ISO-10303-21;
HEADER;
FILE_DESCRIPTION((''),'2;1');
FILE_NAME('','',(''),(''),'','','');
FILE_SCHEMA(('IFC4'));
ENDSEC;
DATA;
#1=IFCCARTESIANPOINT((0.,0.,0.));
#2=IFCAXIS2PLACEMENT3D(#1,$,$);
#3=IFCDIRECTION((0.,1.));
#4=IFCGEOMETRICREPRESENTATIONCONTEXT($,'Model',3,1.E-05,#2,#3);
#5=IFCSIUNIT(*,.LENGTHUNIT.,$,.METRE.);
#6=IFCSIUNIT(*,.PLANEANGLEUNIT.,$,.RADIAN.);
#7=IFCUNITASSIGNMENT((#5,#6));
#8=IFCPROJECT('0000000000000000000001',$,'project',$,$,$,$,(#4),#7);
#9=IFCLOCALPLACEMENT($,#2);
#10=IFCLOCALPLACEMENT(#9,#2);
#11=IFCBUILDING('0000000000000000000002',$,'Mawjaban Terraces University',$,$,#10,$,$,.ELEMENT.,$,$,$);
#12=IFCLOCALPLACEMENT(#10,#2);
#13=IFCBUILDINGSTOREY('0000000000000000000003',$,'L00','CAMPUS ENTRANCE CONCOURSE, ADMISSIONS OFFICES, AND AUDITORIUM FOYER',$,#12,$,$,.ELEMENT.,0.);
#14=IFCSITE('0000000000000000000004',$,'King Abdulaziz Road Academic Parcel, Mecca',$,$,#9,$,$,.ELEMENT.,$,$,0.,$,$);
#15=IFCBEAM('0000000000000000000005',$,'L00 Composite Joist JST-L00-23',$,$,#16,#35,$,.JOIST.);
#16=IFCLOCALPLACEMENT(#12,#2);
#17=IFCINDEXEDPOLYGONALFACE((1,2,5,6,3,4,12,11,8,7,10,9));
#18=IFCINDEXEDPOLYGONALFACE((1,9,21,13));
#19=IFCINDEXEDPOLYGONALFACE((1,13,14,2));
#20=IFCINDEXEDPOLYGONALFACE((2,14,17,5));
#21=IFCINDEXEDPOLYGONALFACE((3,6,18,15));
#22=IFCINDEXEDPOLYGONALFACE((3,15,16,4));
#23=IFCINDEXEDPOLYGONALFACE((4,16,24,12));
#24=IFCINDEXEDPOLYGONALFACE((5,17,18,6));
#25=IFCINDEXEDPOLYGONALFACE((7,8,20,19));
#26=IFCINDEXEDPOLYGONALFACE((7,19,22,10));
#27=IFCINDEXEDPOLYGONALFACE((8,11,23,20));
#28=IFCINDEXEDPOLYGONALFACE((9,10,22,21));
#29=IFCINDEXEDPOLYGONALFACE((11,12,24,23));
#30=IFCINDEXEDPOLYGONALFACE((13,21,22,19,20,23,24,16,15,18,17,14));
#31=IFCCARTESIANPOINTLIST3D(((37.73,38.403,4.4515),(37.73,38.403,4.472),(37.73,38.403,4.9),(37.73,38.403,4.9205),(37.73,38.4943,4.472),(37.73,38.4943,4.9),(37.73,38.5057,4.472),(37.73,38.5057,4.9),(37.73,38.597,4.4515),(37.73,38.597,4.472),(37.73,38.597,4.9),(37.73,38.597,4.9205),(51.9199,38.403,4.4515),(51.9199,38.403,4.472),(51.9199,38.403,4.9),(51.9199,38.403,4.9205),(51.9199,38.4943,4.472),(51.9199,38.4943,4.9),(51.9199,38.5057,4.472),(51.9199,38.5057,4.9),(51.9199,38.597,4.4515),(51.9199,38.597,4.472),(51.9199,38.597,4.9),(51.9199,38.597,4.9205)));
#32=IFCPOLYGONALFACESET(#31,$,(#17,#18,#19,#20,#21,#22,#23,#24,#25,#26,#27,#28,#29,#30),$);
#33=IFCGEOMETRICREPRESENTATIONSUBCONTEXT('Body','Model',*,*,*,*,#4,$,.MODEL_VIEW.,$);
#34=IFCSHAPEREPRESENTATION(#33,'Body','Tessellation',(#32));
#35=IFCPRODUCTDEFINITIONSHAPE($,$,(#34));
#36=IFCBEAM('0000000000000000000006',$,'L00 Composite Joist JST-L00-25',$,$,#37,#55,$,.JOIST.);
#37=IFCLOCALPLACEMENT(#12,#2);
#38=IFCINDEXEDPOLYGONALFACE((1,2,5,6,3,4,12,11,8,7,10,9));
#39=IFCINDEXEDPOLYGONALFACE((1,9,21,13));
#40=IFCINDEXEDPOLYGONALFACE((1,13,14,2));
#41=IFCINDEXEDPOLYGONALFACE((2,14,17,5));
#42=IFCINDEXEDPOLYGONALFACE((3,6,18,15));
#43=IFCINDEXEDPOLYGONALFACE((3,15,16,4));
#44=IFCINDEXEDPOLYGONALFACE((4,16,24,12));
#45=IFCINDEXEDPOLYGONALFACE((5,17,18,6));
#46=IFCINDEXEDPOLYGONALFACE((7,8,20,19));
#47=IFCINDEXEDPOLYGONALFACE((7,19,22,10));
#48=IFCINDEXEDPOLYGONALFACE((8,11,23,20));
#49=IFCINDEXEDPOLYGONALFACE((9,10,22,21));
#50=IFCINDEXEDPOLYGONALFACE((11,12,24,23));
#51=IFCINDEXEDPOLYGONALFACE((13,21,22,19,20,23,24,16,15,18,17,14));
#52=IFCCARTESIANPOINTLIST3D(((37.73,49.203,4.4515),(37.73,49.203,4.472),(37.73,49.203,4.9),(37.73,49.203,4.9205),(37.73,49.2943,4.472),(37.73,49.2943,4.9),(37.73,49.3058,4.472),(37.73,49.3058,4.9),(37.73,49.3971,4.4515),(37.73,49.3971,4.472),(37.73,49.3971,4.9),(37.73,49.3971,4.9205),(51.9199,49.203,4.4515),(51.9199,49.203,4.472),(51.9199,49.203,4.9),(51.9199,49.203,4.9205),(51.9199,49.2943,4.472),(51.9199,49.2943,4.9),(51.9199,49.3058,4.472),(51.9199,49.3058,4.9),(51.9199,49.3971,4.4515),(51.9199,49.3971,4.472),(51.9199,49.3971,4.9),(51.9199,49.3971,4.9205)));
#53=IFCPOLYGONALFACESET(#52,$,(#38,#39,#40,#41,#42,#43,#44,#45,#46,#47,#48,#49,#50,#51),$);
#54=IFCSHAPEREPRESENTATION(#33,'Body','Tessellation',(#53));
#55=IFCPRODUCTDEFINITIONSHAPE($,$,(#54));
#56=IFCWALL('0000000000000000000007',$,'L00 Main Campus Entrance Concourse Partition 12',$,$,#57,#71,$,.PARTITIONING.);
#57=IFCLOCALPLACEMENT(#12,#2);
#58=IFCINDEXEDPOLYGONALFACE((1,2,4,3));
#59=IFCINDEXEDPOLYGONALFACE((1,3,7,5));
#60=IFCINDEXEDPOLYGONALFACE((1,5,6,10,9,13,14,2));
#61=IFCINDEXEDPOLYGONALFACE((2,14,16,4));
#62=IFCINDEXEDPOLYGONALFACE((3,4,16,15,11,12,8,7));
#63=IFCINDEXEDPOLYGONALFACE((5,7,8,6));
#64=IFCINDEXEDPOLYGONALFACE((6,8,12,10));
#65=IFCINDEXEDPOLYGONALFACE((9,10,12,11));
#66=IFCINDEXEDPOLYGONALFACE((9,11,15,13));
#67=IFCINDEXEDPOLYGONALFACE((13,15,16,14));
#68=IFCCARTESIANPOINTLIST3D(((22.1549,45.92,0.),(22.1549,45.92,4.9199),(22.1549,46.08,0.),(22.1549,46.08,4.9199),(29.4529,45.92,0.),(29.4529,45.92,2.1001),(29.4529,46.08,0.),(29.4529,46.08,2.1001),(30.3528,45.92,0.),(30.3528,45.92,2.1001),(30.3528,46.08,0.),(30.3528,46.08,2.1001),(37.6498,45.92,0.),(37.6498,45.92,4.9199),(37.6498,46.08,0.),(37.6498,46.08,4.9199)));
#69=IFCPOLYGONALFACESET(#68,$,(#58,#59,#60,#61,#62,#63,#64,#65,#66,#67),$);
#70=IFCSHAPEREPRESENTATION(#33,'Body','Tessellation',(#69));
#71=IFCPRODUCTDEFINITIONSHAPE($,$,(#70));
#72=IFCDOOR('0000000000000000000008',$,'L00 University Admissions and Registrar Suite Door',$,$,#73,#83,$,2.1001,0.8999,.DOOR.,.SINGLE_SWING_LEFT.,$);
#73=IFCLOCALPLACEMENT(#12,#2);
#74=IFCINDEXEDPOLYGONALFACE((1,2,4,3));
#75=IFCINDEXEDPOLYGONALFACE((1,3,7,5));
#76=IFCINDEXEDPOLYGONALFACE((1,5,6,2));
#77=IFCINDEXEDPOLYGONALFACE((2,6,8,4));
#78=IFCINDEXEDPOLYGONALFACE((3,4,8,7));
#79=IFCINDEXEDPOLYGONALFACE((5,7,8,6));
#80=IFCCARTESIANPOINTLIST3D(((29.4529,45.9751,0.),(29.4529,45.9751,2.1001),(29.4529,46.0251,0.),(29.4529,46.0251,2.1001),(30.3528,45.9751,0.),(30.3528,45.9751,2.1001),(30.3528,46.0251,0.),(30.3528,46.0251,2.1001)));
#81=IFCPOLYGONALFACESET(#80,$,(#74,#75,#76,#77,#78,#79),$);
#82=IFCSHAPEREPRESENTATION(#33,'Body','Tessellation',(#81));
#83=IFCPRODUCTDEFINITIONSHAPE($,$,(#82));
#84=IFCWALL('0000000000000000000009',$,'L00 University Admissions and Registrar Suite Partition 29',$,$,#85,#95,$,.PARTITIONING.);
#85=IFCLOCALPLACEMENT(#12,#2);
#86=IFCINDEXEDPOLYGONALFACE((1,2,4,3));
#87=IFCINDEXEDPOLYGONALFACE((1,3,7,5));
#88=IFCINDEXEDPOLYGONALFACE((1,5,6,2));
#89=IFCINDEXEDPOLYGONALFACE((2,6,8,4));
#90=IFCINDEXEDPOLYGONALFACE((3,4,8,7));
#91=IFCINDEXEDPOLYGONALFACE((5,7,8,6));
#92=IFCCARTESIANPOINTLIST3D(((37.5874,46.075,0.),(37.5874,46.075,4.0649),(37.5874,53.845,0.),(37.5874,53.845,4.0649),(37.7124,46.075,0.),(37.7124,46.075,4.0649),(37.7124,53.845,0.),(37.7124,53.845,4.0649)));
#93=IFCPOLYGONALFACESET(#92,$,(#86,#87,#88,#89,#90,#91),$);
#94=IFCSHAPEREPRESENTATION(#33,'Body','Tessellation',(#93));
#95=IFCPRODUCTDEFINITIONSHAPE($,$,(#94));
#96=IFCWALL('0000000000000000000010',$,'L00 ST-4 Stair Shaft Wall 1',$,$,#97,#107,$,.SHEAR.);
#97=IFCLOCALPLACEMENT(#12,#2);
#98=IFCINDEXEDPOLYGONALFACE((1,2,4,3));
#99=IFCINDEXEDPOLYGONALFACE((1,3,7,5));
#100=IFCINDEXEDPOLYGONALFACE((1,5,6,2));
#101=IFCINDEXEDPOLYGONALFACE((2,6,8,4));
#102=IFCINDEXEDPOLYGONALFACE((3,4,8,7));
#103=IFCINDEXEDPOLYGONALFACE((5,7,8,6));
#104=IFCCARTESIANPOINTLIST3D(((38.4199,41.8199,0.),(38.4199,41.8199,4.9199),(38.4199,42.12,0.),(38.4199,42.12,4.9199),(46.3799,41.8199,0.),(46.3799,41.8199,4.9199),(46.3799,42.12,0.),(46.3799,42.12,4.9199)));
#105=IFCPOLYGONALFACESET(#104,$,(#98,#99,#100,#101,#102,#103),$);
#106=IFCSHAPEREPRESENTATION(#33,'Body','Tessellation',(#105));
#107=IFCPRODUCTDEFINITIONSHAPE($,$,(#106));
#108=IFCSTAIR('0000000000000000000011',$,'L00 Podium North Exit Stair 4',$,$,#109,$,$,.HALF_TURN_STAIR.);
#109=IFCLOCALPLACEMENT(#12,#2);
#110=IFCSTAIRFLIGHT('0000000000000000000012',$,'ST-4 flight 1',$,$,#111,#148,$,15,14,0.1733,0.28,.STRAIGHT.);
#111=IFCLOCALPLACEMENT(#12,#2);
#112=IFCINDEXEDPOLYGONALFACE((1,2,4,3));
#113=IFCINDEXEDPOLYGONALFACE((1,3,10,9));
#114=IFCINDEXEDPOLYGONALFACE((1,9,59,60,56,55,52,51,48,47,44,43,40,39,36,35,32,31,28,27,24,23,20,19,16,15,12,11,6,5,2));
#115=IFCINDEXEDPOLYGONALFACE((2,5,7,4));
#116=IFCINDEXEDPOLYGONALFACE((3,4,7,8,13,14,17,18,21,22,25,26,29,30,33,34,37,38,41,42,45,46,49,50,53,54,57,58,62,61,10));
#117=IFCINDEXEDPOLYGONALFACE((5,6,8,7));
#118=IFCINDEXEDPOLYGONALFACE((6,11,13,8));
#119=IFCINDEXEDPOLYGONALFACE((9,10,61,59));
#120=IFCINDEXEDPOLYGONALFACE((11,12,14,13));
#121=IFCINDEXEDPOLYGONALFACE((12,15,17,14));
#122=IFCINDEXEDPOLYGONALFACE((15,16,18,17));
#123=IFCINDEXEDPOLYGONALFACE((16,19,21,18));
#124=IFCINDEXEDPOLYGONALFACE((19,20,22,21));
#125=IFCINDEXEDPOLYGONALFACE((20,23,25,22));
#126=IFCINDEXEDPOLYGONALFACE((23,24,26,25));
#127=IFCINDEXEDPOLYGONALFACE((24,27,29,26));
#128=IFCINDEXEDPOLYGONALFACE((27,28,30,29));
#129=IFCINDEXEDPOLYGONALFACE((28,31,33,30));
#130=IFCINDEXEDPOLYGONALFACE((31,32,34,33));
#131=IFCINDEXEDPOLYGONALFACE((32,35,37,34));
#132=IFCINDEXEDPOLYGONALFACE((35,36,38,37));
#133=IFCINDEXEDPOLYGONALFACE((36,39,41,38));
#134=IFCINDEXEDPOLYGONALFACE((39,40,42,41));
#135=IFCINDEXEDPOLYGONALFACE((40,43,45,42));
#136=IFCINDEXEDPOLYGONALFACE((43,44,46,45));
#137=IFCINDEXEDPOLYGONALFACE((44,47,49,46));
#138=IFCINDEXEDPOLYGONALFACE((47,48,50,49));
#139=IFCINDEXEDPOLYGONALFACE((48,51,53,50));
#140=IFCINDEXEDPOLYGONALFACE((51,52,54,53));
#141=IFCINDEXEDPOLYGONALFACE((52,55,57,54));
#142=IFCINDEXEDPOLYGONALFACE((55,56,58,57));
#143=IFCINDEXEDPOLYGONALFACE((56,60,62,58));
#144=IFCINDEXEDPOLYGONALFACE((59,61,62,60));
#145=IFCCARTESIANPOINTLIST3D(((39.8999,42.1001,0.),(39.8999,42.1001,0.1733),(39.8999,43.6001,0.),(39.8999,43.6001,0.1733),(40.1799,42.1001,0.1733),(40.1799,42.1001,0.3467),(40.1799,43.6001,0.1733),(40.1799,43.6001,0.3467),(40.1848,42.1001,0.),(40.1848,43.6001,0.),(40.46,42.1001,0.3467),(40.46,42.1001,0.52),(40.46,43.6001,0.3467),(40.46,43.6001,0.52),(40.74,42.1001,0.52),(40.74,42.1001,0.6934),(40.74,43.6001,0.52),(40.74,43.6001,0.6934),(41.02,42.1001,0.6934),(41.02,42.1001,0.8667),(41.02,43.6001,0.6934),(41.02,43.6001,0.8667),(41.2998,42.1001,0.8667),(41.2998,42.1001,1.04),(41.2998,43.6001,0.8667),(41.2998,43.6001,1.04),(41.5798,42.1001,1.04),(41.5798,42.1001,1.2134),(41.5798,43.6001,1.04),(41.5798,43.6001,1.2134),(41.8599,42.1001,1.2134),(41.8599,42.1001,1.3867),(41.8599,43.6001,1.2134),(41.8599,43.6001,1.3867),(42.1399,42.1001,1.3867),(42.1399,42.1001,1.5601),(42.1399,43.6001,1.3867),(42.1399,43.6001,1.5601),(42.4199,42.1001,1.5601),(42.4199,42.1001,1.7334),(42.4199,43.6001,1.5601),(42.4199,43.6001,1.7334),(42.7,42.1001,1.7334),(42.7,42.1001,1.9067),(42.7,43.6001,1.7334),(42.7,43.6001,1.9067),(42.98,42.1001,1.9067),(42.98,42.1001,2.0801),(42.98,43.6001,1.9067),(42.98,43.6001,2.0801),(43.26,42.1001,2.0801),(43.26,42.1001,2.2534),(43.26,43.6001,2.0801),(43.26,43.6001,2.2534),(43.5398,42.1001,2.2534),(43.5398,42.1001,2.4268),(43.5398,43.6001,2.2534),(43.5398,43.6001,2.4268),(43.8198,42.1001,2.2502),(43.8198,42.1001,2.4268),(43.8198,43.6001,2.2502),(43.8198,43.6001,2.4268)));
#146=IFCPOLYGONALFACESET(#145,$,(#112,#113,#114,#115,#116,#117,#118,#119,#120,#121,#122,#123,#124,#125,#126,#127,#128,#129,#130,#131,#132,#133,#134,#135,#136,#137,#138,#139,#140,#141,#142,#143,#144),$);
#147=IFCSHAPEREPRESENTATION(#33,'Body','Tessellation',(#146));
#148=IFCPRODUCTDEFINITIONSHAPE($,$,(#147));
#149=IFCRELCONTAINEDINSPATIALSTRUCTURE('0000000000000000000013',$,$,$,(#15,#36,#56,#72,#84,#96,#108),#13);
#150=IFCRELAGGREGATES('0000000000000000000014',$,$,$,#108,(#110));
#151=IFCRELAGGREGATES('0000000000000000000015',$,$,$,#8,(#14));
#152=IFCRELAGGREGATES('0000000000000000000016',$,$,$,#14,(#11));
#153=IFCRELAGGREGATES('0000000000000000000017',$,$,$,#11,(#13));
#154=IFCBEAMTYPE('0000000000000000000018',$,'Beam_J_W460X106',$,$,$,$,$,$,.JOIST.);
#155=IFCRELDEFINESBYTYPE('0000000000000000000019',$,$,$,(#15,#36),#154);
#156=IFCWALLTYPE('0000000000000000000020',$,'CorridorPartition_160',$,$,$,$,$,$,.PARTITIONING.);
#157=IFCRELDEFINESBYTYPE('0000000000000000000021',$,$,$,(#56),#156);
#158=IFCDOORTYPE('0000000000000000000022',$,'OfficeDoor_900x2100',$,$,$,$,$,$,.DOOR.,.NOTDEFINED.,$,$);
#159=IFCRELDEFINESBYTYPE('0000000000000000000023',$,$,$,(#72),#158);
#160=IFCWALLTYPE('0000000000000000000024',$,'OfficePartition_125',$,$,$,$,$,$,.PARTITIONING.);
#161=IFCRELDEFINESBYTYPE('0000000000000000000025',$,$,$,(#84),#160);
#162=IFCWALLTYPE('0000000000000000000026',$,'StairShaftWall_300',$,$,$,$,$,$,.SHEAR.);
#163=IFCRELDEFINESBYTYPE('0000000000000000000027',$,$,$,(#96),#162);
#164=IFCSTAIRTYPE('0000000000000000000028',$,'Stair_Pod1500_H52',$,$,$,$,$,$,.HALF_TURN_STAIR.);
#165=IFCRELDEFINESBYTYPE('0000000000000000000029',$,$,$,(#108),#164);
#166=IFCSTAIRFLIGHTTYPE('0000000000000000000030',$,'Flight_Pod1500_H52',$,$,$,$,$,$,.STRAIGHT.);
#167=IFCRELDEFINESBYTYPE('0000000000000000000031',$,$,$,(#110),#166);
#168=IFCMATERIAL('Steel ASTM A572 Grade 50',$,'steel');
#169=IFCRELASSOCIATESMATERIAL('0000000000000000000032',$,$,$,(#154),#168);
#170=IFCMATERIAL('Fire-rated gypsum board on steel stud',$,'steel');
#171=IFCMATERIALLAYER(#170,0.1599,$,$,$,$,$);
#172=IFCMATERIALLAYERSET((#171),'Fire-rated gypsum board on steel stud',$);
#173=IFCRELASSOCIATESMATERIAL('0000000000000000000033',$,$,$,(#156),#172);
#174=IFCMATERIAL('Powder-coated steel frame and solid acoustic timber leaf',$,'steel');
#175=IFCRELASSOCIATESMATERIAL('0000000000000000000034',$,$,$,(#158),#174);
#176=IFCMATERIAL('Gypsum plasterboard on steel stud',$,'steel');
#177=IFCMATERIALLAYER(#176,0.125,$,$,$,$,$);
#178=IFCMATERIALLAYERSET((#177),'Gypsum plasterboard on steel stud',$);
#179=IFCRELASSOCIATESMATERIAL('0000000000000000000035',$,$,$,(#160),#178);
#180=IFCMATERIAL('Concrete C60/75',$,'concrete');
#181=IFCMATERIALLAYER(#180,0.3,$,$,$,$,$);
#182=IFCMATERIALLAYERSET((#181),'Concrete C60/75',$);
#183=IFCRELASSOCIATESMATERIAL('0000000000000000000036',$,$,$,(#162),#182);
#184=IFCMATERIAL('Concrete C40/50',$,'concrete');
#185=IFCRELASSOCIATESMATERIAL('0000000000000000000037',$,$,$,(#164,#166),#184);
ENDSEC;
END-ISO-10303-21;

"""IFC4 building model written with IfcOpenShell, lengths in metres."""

from ifc_helpers import new_model, si_unit, direction, frame, frame_2d, origin, origin_2d, place, context, subcontext, project, spatial, polyline, rectangle, i_section, outline, extrude, material, layer, layer_set, material_profile, profile_set, type_object, element, fill, aggregate, save


model = new_model("IFC4")

# Units and contexts
model_context = context("Model", 3, precision=1e-05, world=origin(), true_north=direction((0.0, 1.0)))
body_context = subcontext(model_context, "Body", "Model", "MODEL_VIEW")
ifc_project = project(units=[si_unit("LENGTHUNIT", "METRE"), si_unit("PLANEANGLEUNIT", "RADIAN")], contexts=[model_context])

# Site, building, storey
site_placement = place(None, origin())
site = spatial("IfcSite", under=ifc_project, at=site_placement, Name="King Abdulaziz Road Academic Parcel, Mecca", CompositionType="ELEMENT", RefElevation=0.0)
building_placement = place(site_placement, origin())
building = spatial("IfcBuilding", under=site, at=building_placement, Name="Mawjaban Terraces University", CompositionType="ELEMENT")
storey_placement = place(building_placement, origin())
storey = spatial("IfcBuildingStorey", under=building, at=storey_placement, Name="L00", Description="CAMPUS ENTRANCE CONCOURSE, ADMISSIONS OFFICES, AND AUDITORIUM FOYER", CompositionType="ELEMENT", Elevation=0.0)

# Beams
ifc_material_1 = material(Name="Steel ASTM A572 Grade 50", Category="steel")
ifc_material_profile_1 = material_profile(ifc_material_1, i_section(OverallWidth=0.1941, OverallDepth=0.469, WebThickness=0.0115, FlangeThickness=0.0205, at=origin_2d()), Name="W460X106")
ifc_profile_set_1 = profile_set([ifc_material_profile_1], Name="Steel ASTM A572 Grade 50")
beam_type_1 = type_object("IfcBeamType", Name="Beam_J_W460X106", PredefinedType="JOIST", material=ifc_profile_set_1)
for number, where, z_axis, x_axis, name in (
    (1, (37.73, 38.5, 4.686), (1.0, 0.0, 0.0), (0.0, 1.0, 0.0), "L00 Composite Joist JST-L00-23"),
    (2, (37.73, 49.3, 4.686), (1.0, 0.0, 0.0), (0.0, 1.0, 0.0), "L00 Composite Joist JST-L00-25"),
):
    element("IfcBeam", number, at=place(storey_placement, frame(where, z_axis=z_axis, x_axis=x_axis)), inside=storey, type_object=beam_type_1, Name=name, PredefinedType="JOIST", context=body_context, shape_type="SweptSolid", body=[
        extrude(i_section(OverallWidth=0.1941, OverallDepth=0.469, WebThickness=0.0115, FlangeThickness=0.0205, at=origin_2d()), origin(), (0.0, 0.0, 1.0), 14.1899),
    ])

# Wall, opening, door
ifc_material_2 = material(Name="Fire-rated gypsum board on steel stud", Category="steel")
ifc_layer_1 = layer(ifc_material_2, 0.1599)
ifc_layer_set_1 = layer_set([ifc_layer_1], Name="Fire-rated gypsum board on steel stud")
wall_type_1 = type_object("IfcWallType", Name="CorridorPartition_160", PredefinedType="PARTITIONING", material=ifc_layer_set_1)
wall_1_placement = place(storey_placement, frame((37.6499, 46.0, 0.0), z_axis=(0.0, 0.0, 1.0), x_axis=(-1.0, 0.0, 0.0)))
wall_1 = element("IfcWall", 3, at=wall_1_placement, inside=storey, type_object=wall_type_1, Name="L00 Main Campus Entrance Concourse Partition 12", PredefinedType="PARTITIONING", context=body_context, shape_type="SweptSolid", body=[
    extrude(rectangle(XDim=15.4949, YDim=0.1599, at=frame_2d((7.7476, 0.0))), origin(), (0.0, 0.0, 1.0), 4.9199),
])
opening_1_placement = place(wall_1_placement, frame((7.2971, 0.0, 0.0)))
opening_1 = element("IfcOpeningElement", 4, at=opening_1_placement, cuts=wall_1, PredefinedType="OPENING", context=body_context, shape_type="SweptSolid", body=[
    extrude(rectangle(XDim=0.8999, YDim=2.1001, at=frame_2d((0.45, 1.05))), frame((0.0, 0.0898, 0.0), z_axis=(0.0, -1.0, 0.0), x_axis=(1.0, 0.0, 0.0)), (0.0, 0.0, 1.0), 0.1799),
])
ifc_material_3 = material(Name="Powder-coated steel frame and solid acoustic timber leaf", Category="steel")
door_type_1 = type_object("IfcDoorType", Name="OfficeDoor_900x2100", OperationType="NOTDEFINED", PredefinedType="DOOR", material=ifc_material_3)
door_1_placement = place(opening_1_placement, origin())
door_1 = element("IfcDoor", 5, at=door_1_placement, inside=storey, type_object=door_type_1, Name="L00 University Admissions and Registrar Suite Door", OperationType="SINGLE_SWING_LEFT", OverallHeight=2.1001, OverallWidth=0.8999, PredefinedType="DOOR", context=body_context, shape_type="SweptSolid", body=[
    extrude(rectangle(XDim=0.8999, YDim=2.1001, at=frame_2d((0.45, 1.05))), frame((0.0, 0.0249, 0.0), z_axis=(0.0, -1.0, 0.0), x_axis=(1.0, 0.0, 0.0)), (0.0, 0.0, 1.0), 0.05),
])
fill(opening_1, door_1)

# Walls
ifc_material_4 = material(Name="Gypsum plasterboard on steel stud", Category="steel")
ifc_layer_2 = layer(ifc_material_4, 0.125)
ifc_layer_set_2 = layer_set([ifc_layer_2], Name="Gypsum plasterboard on steel stud")
wall_type_2 = type_object("IfcWallType", Name="OfficePartition_125", PredefinedType="PARTITIONING", material=ifc_layer_set_2)
wall_2_placement = place(storey_placement, frame((37.6499, 46.075, 0.0), z_axis=(0.0, 0.0, 1.0), x_axis=(0.0, 1.0, 0.0)))
element("IfcWall", 6, at=wall_2_placement, inside=storey, type_object=wall_type_2, Name="L00 University Admissions and Registrar Suite Partition 29", PredefinedType="PARTITIONING", context=body_context, shape_type="SweptSolid", body=[
    extrude(rectangle(XDim=7.77, YDim=0.125, at=frame_2d((3.885, 0.0))), origin(), (0.0, 0.0, 1.0), 4.0649),
])
ifc_material_5 = material(Name="Concrete C60/75", Category="concrete")
ifc_layer_3 = layer(ifc_material_5, 0.3)
ifc_layer_set_3 = layer_set([ifc_layer_3], Name="Concrete C60/75")
wall_type_3 = type_object("IfcWallType", Name="StairShaftWall_300", PredefinedType="SHEAR", material=ifc_layer_set_3)
wall_3_placement = place(storey_placement, frame((38.4199, 41.97, 0.0), z_axis=(0.0, 0.0, 1.0), x_axis=(1.0, 0.0, 0.0)))
element("IfcWall", 7, at=wall_3_placement, inside=storey, type_object=wall_type_3, Name="L00 ST-4 Stair Shaft Wall 1", PredefinedType="SHEAR", context=body_context, shape_type="SweptSolid", body=[
    extrude(rectangle(XDim=7.96, YDim=0.3, at=frame_2d((3.98, 0.0))), origin(), (0.0, 0.0, 1.0), 4.9199),
])

# Stair, stair flight
ifc_material_6 = material(Name="Concrete C40/50", Category="concrete")
stair_type = type_object("IfcStairType", Name="Stair_Pod1500_H52", PredefinedType="HALF_TURN_STAIR", material=ifc_material_6)
stair_placement = place(storey_placement, origin())
stair = element("IfcStair", 8, at=stair_placement, inside=storey, type_object=stair_type, Name="L00 Podium North Exit Stair 4", PredefinedType="HALF_TURN_STAIR")
stair_flight_type = type_object("IfcStairFlightType", Name="Flight_Pod1500_H52", PredefinedType="STRAIGHT", material=ifc_material_6)
stair_flight_placement = place(storey_placement, frame((39.8999, 42.8501, 0.0), z_axis=(0.0, 0.0, 1.0), x_axis=(1.0, 0.0, 0.0)))
stair_flight = element("IfcStairFlight", 9, at=stair_flight_placement, type_object=stair_flight_type, Name="ST-4 flight 1", NumberOfRisers=15, NumberOfTreads=14, PredefinedType="STRAIGHT", RiserHeight=0.1733, TreadLength=0.28, context=body_context, shape_type="SweptSolid", body=[
    extrude(outline(polyline([(0.0, 0.0), (0.0, 0.1733), (0.28, 0.1733), (0.28, 0.3467), (0.5601, 0.3467), (0.5601, 0.52), (0.8401, 0.52), (0.8401, 0.6934), (1.1201, 0.6934), (1.1201, 0.8667), (1.3999, 0.8667), (1.3999, 1.04), (1.6799, 1.04), (1.6799, 1.2134), (1.96, 1.2134), (1.96, 1.3867), (2.24, 1.3867), (2.24, 1.5601), (2.52, 1.5601), (2.52, 1.7334), (2.8, 1.7334), (2.8, 1.9067), (3.0801, 1.9067), (3.0801, 2.0801), (3.3601, 2.0801), (3.3601, 2.2534), (3.6399, 2.2534), (3.6399, 2.4268), (3.9199, 2.4268), (3.9199, 2.6001), (3.9199, 2.2502), (0.2849, 0.0), (0.0, 0.0)])), frame((0.0, 0.75, 0.0), z_axis=(0.0, -1.0, 0.0), x_axis=(1.0, 0.0, 0.0)), (0.0, 0.0, 1.0), 1.5),
])
aggregate(stair, [stair_flight])

save(model, "model.ifc")
